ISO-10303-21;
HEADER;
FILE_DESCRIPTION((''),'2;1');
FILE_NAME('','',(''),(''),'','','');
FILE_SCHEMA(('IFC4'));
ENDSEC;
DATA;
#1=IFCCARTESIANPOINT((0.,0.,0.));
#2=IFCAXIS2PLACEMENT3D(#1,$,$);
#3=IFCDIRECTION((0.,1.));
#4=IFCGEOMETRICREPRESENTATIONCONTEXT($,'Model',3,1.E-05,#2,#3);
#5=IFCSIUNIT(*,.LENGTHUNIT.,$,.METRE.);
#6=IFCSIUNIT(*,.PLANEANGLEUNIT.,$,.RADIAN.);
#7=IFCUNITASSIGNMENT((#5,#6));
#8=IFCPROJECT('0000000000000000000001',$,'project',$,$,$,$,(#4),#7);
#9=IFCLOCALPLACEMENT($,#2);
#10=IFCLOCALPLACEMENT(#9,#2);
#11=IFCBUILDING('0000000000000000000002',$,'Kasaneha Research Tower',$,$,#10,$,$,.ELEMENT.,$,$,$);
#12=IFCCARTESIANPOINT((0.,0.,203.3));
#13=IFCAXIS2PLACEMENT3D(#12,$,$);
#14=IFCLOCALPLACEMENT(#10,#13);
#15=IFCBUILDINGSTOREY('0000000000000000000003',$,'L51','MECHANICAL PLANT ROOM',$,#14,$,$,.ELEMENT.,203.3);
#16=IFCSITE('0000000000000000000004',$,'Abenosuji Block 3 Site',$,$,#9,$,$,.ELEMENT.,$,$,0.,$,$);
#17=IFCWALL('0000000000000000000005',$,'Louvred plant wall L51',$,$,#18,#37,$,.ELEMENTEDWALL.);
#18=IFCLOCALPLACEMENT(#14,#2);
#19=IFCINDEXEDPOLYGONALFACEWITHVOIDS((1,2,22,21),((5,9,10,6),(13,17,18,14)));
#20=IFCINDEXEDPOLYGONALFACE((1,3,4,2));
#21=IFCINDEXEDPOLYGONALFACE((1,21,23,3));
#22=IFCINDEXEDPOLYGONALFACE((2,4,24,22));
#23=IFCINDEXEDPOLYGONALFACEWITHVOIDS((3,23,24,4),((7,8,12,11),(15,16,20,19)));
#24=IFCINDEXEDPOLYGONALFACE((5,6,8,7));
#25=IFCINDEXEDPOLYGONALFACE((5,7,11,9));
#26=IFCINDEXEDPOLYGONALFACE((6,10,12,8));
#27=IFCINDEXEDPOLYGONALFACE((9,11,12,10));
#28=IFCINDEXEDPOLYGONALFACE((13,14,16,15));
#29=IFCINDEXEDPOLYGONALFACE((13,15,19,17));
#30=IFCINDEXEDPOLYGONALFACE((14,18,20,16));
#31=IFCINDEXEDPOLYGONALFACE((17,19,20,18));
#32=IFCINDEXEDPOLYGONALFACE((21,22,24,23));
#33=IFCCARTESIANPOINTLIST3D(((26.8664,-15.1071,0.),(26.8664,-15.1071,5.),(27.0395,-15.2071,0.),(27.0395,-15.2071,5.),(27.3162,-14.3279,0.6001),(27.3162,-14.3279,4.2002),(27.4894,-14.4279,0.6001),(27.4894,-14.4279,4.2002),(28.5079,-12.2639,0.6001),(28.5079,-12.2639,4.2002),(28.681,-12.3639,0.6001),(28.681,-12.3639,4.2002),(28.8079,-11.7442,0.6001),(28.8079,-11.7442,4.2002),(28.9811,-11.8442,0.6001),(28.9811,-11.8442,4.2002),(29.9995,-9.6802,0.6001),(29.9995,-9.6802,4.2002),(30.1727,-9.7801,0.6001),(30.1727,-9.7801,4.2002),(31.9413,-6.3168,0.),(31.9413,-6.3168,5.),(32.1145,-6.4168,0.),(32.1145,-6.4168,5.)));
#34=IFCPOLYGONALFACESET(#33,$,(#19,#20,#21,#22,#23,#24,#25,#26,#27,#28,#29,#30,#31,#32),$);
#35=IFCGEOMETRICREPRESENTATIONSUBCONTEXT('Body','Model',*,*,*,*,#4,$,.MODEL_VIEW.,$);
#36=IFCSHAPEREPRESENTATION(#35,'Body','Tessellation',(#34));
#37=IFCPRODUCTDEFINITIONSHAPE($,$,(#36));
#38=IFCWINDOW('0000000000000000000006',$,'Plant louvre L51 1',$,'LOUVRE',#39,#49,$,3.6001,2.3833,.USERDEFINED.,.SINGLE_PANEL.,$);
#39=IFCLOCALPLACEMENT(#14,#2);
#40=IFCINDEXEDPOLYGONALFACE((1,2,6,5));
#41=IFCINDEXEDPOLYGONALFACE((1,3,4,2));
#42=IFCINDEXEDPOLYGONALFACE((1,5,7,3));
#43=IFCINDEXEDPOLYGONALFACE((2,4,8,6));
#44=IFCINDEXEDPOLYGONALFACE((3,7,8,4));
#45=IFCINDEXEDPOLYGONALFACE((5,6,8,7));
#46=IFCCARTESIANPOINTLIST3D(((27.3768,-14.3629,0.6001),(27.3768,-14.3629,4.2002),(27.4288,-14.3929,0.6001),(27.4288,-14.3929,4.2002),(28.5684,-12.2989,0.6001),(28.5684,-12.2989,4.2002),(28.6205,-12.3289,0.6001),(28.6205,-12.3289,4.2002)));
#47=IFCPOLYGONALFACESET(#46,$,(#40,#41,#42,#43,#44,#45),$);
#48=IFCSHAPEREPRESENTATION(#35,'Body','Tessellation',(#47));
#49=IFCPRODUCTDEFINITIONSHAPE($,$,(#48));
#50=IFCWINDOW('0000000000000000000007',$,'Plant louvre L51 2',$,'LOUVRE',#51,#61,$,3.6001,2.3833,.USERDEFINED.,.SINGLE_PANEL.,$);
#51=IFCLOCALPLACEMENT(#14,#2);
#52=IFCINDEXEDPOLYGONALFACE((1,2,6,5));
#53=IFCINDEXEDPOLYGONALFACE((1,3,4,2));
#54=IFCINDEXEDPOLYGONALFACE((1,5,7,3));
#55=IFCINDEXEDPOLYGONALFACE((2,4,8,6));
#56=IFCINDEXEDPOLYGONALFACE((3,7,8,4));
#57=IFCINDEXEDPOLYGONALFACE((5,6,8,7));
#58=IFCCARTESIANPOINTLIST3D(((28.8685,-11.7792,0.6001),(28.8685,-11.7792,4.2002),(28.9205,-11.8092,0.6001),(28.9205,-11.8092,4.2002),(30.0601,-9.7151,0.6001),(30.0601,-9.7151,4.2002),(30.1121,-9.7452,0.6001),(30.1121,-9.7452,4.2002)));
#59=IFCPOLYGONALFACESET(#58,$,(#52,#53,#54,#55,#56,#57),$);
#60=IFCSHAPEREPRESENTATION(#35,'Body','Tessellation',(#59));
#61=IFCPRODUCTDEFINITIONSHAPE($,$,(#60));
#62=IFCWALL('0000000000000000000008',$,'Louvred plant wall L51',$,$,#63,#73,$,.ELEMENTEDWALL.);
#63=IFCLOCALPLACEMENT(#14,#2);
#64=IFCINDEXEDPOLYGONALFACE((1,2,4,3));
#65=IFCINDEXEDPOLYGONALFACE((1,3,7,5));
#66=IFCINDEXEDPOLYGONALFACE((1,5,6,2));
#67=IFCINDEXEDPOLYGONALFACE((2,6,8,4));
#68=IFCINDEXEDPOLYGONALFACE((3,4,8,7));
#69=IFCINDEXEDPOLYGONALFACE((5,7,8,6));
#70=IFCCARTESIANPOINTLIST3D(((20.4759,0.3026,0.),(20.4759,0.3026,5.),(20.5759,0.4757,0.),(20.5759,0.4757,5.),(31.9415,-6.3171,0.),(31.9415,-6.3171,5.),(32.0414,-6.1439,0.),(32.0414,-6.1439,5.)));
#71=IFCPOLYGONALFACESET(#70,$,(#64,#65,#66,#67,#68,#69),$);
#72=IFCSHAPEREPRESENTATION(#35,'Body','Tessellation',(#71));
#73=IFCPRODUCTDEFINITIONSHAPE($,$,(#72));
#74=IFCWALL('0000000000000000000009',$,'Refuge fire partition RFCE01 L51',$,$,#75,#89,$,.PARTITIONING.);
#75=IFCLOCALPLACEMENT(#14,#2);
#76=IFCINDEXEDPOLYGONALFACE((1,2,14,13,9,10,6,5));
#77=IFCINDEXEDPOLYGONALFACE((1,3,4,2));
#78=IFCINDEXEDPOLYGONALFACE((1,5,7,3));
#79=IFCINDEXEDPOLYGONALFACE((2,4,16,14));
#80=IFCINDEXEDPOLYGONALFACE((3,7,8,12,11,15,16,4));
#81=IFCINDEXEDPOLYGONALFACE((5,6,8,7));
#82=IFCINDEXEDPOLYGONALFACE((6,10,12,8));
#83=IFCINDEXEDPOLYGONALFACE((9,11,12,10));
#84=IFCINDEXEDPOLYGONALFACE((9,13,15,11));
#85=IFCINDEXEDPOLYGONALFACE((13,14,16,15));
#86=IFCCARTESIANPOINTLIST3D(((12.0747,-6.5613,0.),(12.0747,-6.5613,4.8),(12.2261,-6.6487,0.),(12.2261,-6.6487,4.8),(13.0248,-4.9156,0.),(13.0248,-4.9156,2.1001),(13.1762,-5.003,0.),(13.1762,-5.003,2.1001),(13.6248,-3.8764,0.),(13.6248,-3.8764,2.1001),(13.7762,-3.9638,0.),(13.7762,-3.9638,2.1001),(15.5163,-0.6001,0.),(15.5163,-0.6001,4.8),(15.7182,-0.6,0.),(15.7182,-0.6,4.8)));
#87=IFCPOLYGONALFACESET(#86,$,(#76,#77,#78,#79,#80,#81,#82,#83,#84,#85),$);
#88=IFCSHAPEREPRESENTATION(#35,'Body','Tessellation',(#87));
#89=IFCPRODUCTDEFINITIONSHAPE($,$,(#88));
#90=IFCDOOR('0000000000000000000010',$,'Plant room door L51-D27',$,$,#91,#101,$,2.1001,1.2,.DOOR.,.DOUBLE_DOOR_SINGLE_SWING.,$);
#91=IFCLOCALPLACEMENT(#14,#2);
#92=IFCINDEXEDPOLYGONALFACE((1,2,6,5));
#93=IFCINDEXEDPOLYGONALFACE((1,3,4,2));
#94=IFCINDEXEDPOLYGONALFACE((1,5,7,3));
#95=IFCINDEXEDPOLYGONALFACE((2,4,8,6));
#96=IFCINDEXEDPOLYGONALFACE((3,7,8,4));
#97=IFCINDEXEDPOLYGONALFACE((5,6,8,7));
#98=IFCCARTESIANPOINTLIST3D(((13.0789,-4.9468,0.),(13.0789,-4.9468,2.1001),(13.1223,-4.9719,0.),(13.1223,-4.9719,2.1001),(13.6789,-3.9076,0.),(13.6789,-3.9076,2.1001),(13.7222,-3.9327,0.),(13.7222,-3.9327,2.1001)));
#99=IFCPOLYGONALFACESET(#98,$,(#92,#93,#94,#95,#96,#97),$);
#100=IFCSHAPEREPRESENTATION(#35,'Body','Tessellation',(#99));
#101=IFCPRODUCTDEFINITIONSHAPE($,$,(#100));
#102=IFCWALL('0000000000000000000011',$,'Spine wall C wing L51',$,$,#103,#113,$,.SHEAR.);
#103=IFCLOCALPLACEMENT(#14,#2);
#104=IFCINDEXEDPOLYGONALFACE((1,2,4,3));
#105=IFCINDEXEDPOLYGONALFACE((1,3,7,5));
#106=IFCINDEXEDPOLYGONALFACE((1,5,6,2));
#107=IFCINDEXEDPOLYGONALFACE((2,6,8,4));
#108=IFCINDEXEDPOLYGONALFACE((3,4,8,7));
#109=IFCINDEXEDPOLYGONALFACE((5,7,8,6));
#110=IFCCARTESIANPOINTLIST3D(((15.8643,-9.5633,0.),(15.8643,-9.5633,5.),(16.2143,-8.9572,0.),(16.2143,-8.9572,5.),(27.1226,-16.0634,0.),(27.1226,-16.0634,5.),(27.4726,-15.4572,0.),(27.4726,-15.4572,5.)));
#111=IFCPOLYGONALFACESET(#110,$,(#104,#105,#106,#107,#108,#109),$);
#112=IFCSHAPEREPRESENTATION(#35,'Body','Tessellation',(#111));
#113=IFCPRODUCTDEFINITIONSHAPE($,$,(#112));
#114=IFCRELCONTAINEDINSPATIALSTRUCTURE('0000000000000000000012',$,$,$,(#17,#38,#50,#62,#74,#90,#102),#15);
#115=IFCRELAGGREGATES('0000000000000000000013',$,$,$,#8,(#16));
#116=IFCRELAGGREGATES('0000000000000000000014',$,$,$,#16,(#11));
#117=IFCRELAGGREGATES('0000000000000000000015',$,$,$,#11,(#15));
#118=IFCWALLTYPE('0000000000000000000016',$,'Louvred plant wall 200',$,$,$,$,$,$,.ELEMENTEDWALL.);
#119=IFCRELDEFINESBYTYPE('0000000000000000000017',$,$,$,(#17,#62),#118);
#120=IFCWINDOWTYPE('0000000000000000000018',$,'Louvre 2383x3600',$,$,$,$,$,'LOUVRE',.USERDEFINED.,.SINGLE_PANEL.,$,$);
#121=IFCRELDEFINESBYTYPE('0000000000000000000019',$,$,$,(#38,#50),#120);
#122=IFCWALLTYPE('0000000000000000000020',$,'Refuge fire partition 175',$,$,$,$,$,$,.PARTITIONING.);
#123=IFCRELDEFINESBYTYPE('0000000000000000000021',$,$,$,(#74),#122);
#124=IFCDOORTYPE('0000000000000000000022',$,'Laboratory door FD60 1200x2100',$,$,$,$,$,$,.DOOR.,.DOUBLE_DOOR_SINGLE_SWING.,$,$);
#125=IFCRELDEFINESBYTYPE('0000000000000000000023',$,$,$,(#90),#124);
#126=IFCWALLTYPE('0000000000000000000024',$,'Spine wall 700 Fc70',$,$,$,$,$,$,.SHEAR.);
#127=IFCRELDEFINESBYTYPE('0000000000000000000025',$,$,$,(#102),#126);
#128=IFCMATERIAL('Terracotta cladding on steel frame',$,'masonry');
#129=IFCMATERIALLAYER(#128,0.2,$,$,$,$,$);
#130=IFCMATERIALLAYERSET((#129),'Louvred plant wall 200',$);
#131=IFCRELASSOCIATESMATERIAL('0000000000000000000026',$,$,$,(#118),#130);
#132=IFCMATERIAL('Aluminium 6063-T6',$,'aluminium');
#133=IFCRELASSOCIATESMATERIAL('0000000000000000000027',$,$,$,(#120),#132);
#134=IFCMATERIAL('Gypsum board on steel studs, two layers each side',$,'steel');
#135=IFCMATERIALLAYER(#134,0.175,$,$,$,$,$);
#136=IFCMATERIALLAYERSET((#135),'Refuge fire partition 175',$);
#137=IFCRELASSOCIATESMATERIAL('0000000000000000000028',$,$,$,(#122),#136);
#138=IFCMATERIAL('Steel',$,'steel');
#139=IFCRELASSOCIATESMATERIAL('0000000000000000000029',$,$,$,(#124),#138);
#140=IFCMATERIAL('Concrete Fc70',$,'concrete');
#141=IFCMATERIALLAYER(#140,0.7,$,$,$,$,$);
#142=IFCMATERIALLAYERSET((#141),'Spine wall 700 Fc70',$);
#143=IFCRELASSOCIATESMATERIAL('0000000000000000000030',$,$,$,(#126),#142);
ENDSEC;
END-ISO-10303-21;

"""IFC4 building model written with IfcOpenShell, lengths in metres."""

from ifc_helpers import new_model, si_unit, direction, frame, frame_2d, origin, place, context, subcontext, project, spatial, polyline, rectangle, outline, extrude, material, layer, layer_set, type_object, element, fill, save


model = new_model("IFC4")

# Units and contexts
model_context = context("Model", 3, precision=1e-05, world=origin(), true_north=direction((0.0, 1.0)))
body_context = subcontext(model_context, "Body", "Model", "MODEL_VIEW")
ifc_project = project(units=[si_unit("LENGTHUNIT", "METRE"), si_unit("PLANEANGLEUNIT", "RADIAN")], contexts=[model_context])

# Site, building, storey
site_placement = place(None, origin())
site = spatial("IfcSite", under=ifc_project, at=site_placement, Name="Abenosuji Block 3 Site", CompositionType="ELEMENT", RefElevation=0.0)
building_placement = place(site_placement, origin())
building = spatial("IfcBuilding", under=site, at=building_placement, Name="Kasaneha Research Tower", CompositionType="ELEMENT")
storey_placement = place(building_placement, frame((0.0, 0.0, 203.3)))
storey = spatial("IfcBuildingStorey", under=building, at=storey_placement, Name="L51", Description="MECHANICAL PLANT ROOM", CompositionType="ELEMENT", Elevation=203.3)

# Wall, openings, windows
ifc_material_1 = material(Name="Terracotta cladding on steel frame", Category="masonry")
ifc_layer_1 = layer(ifc_material_1, 0.2)
ifc_layer_set_1 = layer_set([ifc_layer_1], Name="Louvred plant wall 200")
wall_type_1 = type_object("IfcWallType", Name="Louvred plant wall 200", PredefinedType="ELEMENTEDWALL", material=ifc_layer_set_1)
ifc_material_2 = material(Name="Aluminium 6063-T6", Category="aluminium")
window_type = type_object("IfcWindowType", Name="Louvre 2383x3600", ElementType="LOUVRE", PartitioningType="SINGLE_PANEL", PredefinedType="USERDEFINED", material=ifc_material_2)
wall_1_placement = place(storey_placement, frame((26.9529, -15.1572, 0.0), z_axis=(0.0, 0.0, 1.0), x_axis=(0.499991, 0.866031, 0.0)))
wall_1 = element("IfcWall", 1, at=wall_1_placement, inside=storey, type_object=wall_type_1, Name="Louvred plant wall L51", PredefinedType="ELEMENTEDWALL", context=body_context, shape_type="SweptSolid", body=[
    extrude(rectangle(XDim=10.1501, YDim=0.2, at=frame_2d((5.0752, 0.0))), origin(), (0.0, 0.0, 1.0), 5.0),
])
opening_1_placement = place(wall_1_placement, frame((0.8999, 0.0, 0.6001)))
opening_1 = element("IfcOpeningElement", 2, at=opening_1_placement, cuts=wall_1, PredefinedType="OPENING", context=body_context, shape_type="SweptSolid", body=[
    extrude(rectangle(XDim=2.3833, YDim=3.6001, at=frame_2d((1.1917, 1.8))), frame((0.0, 0.1099, 0.0), z_axis=(0.0, -1.0, 0.0), x_axis=(1.0, 0.0, 0.0)), (0.0, 0.0, 1.0), 0.22),
])
opening_2_placement = place(wall_1_placement, frame((3.8833, 0.0, 0.6001)))
opening_2 = element("IfcOpeningElement", 3, at=opening_2_placement, cuts=wall_1, PredefinedType="OPENING", context=body_context, shape_type="SweptSolid", body=[
    extrude(rectangle(XDim=2.3833, YDim=3.6001, at=frame_2d((1.1917, 1.8))), frame((0.0, 0.1099, 0.0), z_axis=(0.0, -1.0, 0.0), x_axis=(1.0, 0.0, 0.0)), (0.0, 0.0, 1.0), 0.22),
])
window_1_placement = place(opening_1_placement, origin())
window_1 = element("IfcWindow", 4, at=window_1_placement, inside=storey, type_object=window_type, Name="Plant louvre L51 1", ObjectType="LOUVRE", OverallHeight=3.6001, OverallWidth=2.3833, PartitioningType="SINGLE_PANEL", PredefinedType="USERDEFINED", context=body_context, shape_type="SweptSolid", body=[
    extrude(rectangle(XDim=2.3833, YDim=3.6001, at=frame_2d((1.1917, 1.8))), frame((0.0, 0.03, 0.0), z_axis=(0.0, -1.0, 0.0), x_axis=(1.0, 0.0, 0.0)), (0.0, 0.0, 1.0), 0.0601),
])
fill(opening_1, window_1)
window_2_placement = place(opening_2_placement, origin())
window_2 = element("IfcWindow", 5, at=window_2_placement, inside=storey, type_object=window_type, Name="Plant louvre L51 2", ObjectType="LOUVRE", OverallHeight=3.6001, OverallWidth=2.3833, PartitioningType="SINGLE_PANEL", PredefinedType="USERDEFINED", context=body_context, shape_type="SweptSolid", body=[
    extrude(rectangle(XDim=2.3833, YDim=3.6001, at=frame_2d((1.1917, 1.8))), frame((0.0, 0.03, 0.0), z_axis=(0.0, -1.0, 0.0), x_axis=(1.0, 0.0, 0.0)), (0.0, 0.0, 1.0), 0.0601),
])
fill(opening_2, window_2)

# Wall
wall_2_placement = place(storey_placement, frame((31.9915, -6.2305, 0.0), z_axis=(0.0, 0.0, 1.0), x_axis=(-0.866026, 0.499999, 0.0)))
element("IfcWall", 6, at=wall_2_placement, inside=storey, type_object=wall_type_1, Name="Louvred plant wall L51", PredefinedType="ELEMENTEDWALL", context=body_context, shape_type="SweptSolid", body=[
    extrude(rectangle(XDim=13.2393, YDim=0.2, at=frame_2d((6.6196, 0.0))), origin(), (0.0, 0.0, 1.0), 5.0),
])

# Wall, opening, door
ifc_material_3 = material(Name="Gypsum board on steel studs, two layers each side", Category="steel")
ifc_layer_2 = layer(ifc_material_3, 0.175)
ifc_layer_set_2 = layer_set([ifc_layer_2], Name="Refuge fire partition 175")
wall_type_2 = type_object("IfcWallType", Name="Refuge fire partition 175", PredefinedType="PARTITIONING", material=ifc_layer_set_2)
wall_3_placement = place(storey_placement, frame((12.1504, -6.605, 0.0), z_axis=(0.0, 0.0, 1.0), x_axis=(0.499987, 0.866033, 0.0)))
wall_3 = element("IfcWall", 7, at=wall_3_placement, inside=storey, type_object=wall_type_2, Name="Refuge fire partition RFCE01 L51", PredefinedType="PARTITIONING", context=body_context, shape_type="SweptSolid", body=[
    extrude(outline(polyline([(0.0, -0.0874), (1.9001, -0.0874), (3.1001, -0.0874), (6.9844, -0.0874), (6.8833, 0.0874), (3.1001, 0.0874), (1.9001, 0.0874), (0.0, 0.0874), (0.0, -0.0874)])), origin(), (0.0, 0.0, 1.0), 4.8),
])
opening_3_placement = place(wall_3_placement, frame((1.9001, 0.0, 0.0)))
opening_3 = element("IfcOpeningElement", 8, at=opening_3_placement, cuts=wall_3, PredefinedType="OPENING", context=body_context, shape_type="SweptSolid", body=[
    extrude(rectangle(XDim=1.2, YDim=2.1001, at=frame_2d((0.6001, 1.05))), frame((0.0, 0.0977, 0.0), z_axis=(0.0, -1.0, 0.0), x_axis=(1.0, 0.0, 0.0)), (0.0, 0.0, 1.0), 0.1951),
])
ifc_material_4 = material(Name="Steel", Category="steel")
door_type = type_object("IfcDoorType", Name="Laboratory door FD60 1200x2100", OperationType="DOUBLE_DOOR_SINGLE_SWING", PredefinedType="DOOR", material=ifc_material_4)
door_placement = place(opening_3_placement, origin())
door = element("IfcDoor", 9, at=door_placement, inside=storey, type_object=door_type, Name="Plant room door L51-D27", OperationType="DOUBLE_DOOR_SINGLE_SWING", OverallHeight=2.1001, OverallWidth=1.2, PredefinedType="DOOR", context=body_context, shape_type="SweptSolid", body=[
    extrude(rectangle(XDim=1.2, YDim=2.1001, at=frame_2d((0.6001, 1.05))), frame((0.0, 0.0249, 0.0), z_axis=(0.0, -1.0, 0.0), x_axis=(1.0, 0.0, 0.0)), (0.0, 0.0, 1.0), 0.05),
])
fill(opening_3, door)

# Wall
ifc_material_5 = material(Name="Concrete Fc70", Category="concrete")
ifc_layer_3 = layer(ifc_material_5, 0.7)
ifc_layer_set_3 = layer_set([ifc_layer_3], Name="Spine wall 700 Fc70")
wall_type_3 = type_object("IfcWallType", Name="Spine wall 700 Fc70", PredefinedType="SHEAR", material=ifc_layer_set_3)
wall_4_placement = place(storey_placement, frame((16.0393, -9.2603, 0.0), z_axis=(0.0, 0.0, 1.0), x_axis=(0.866025, -0.500001, 0.0)))
element("IfcWall", 10, at=wall_4_placement, inside=storey, type_object=wall_type_3, Name="Spine wall C wing L51", PredefinedType="SHEAR", context=body_context, shape_type="SweptSolid", body=[
    extrude(rectangle(XDim=13.0, YDim=0.7, at=frame_2d((6.5, 0.0))), origin(), (0.0, 0.0, 1.0), 5.0),
])

save(model, "model.ifc")
